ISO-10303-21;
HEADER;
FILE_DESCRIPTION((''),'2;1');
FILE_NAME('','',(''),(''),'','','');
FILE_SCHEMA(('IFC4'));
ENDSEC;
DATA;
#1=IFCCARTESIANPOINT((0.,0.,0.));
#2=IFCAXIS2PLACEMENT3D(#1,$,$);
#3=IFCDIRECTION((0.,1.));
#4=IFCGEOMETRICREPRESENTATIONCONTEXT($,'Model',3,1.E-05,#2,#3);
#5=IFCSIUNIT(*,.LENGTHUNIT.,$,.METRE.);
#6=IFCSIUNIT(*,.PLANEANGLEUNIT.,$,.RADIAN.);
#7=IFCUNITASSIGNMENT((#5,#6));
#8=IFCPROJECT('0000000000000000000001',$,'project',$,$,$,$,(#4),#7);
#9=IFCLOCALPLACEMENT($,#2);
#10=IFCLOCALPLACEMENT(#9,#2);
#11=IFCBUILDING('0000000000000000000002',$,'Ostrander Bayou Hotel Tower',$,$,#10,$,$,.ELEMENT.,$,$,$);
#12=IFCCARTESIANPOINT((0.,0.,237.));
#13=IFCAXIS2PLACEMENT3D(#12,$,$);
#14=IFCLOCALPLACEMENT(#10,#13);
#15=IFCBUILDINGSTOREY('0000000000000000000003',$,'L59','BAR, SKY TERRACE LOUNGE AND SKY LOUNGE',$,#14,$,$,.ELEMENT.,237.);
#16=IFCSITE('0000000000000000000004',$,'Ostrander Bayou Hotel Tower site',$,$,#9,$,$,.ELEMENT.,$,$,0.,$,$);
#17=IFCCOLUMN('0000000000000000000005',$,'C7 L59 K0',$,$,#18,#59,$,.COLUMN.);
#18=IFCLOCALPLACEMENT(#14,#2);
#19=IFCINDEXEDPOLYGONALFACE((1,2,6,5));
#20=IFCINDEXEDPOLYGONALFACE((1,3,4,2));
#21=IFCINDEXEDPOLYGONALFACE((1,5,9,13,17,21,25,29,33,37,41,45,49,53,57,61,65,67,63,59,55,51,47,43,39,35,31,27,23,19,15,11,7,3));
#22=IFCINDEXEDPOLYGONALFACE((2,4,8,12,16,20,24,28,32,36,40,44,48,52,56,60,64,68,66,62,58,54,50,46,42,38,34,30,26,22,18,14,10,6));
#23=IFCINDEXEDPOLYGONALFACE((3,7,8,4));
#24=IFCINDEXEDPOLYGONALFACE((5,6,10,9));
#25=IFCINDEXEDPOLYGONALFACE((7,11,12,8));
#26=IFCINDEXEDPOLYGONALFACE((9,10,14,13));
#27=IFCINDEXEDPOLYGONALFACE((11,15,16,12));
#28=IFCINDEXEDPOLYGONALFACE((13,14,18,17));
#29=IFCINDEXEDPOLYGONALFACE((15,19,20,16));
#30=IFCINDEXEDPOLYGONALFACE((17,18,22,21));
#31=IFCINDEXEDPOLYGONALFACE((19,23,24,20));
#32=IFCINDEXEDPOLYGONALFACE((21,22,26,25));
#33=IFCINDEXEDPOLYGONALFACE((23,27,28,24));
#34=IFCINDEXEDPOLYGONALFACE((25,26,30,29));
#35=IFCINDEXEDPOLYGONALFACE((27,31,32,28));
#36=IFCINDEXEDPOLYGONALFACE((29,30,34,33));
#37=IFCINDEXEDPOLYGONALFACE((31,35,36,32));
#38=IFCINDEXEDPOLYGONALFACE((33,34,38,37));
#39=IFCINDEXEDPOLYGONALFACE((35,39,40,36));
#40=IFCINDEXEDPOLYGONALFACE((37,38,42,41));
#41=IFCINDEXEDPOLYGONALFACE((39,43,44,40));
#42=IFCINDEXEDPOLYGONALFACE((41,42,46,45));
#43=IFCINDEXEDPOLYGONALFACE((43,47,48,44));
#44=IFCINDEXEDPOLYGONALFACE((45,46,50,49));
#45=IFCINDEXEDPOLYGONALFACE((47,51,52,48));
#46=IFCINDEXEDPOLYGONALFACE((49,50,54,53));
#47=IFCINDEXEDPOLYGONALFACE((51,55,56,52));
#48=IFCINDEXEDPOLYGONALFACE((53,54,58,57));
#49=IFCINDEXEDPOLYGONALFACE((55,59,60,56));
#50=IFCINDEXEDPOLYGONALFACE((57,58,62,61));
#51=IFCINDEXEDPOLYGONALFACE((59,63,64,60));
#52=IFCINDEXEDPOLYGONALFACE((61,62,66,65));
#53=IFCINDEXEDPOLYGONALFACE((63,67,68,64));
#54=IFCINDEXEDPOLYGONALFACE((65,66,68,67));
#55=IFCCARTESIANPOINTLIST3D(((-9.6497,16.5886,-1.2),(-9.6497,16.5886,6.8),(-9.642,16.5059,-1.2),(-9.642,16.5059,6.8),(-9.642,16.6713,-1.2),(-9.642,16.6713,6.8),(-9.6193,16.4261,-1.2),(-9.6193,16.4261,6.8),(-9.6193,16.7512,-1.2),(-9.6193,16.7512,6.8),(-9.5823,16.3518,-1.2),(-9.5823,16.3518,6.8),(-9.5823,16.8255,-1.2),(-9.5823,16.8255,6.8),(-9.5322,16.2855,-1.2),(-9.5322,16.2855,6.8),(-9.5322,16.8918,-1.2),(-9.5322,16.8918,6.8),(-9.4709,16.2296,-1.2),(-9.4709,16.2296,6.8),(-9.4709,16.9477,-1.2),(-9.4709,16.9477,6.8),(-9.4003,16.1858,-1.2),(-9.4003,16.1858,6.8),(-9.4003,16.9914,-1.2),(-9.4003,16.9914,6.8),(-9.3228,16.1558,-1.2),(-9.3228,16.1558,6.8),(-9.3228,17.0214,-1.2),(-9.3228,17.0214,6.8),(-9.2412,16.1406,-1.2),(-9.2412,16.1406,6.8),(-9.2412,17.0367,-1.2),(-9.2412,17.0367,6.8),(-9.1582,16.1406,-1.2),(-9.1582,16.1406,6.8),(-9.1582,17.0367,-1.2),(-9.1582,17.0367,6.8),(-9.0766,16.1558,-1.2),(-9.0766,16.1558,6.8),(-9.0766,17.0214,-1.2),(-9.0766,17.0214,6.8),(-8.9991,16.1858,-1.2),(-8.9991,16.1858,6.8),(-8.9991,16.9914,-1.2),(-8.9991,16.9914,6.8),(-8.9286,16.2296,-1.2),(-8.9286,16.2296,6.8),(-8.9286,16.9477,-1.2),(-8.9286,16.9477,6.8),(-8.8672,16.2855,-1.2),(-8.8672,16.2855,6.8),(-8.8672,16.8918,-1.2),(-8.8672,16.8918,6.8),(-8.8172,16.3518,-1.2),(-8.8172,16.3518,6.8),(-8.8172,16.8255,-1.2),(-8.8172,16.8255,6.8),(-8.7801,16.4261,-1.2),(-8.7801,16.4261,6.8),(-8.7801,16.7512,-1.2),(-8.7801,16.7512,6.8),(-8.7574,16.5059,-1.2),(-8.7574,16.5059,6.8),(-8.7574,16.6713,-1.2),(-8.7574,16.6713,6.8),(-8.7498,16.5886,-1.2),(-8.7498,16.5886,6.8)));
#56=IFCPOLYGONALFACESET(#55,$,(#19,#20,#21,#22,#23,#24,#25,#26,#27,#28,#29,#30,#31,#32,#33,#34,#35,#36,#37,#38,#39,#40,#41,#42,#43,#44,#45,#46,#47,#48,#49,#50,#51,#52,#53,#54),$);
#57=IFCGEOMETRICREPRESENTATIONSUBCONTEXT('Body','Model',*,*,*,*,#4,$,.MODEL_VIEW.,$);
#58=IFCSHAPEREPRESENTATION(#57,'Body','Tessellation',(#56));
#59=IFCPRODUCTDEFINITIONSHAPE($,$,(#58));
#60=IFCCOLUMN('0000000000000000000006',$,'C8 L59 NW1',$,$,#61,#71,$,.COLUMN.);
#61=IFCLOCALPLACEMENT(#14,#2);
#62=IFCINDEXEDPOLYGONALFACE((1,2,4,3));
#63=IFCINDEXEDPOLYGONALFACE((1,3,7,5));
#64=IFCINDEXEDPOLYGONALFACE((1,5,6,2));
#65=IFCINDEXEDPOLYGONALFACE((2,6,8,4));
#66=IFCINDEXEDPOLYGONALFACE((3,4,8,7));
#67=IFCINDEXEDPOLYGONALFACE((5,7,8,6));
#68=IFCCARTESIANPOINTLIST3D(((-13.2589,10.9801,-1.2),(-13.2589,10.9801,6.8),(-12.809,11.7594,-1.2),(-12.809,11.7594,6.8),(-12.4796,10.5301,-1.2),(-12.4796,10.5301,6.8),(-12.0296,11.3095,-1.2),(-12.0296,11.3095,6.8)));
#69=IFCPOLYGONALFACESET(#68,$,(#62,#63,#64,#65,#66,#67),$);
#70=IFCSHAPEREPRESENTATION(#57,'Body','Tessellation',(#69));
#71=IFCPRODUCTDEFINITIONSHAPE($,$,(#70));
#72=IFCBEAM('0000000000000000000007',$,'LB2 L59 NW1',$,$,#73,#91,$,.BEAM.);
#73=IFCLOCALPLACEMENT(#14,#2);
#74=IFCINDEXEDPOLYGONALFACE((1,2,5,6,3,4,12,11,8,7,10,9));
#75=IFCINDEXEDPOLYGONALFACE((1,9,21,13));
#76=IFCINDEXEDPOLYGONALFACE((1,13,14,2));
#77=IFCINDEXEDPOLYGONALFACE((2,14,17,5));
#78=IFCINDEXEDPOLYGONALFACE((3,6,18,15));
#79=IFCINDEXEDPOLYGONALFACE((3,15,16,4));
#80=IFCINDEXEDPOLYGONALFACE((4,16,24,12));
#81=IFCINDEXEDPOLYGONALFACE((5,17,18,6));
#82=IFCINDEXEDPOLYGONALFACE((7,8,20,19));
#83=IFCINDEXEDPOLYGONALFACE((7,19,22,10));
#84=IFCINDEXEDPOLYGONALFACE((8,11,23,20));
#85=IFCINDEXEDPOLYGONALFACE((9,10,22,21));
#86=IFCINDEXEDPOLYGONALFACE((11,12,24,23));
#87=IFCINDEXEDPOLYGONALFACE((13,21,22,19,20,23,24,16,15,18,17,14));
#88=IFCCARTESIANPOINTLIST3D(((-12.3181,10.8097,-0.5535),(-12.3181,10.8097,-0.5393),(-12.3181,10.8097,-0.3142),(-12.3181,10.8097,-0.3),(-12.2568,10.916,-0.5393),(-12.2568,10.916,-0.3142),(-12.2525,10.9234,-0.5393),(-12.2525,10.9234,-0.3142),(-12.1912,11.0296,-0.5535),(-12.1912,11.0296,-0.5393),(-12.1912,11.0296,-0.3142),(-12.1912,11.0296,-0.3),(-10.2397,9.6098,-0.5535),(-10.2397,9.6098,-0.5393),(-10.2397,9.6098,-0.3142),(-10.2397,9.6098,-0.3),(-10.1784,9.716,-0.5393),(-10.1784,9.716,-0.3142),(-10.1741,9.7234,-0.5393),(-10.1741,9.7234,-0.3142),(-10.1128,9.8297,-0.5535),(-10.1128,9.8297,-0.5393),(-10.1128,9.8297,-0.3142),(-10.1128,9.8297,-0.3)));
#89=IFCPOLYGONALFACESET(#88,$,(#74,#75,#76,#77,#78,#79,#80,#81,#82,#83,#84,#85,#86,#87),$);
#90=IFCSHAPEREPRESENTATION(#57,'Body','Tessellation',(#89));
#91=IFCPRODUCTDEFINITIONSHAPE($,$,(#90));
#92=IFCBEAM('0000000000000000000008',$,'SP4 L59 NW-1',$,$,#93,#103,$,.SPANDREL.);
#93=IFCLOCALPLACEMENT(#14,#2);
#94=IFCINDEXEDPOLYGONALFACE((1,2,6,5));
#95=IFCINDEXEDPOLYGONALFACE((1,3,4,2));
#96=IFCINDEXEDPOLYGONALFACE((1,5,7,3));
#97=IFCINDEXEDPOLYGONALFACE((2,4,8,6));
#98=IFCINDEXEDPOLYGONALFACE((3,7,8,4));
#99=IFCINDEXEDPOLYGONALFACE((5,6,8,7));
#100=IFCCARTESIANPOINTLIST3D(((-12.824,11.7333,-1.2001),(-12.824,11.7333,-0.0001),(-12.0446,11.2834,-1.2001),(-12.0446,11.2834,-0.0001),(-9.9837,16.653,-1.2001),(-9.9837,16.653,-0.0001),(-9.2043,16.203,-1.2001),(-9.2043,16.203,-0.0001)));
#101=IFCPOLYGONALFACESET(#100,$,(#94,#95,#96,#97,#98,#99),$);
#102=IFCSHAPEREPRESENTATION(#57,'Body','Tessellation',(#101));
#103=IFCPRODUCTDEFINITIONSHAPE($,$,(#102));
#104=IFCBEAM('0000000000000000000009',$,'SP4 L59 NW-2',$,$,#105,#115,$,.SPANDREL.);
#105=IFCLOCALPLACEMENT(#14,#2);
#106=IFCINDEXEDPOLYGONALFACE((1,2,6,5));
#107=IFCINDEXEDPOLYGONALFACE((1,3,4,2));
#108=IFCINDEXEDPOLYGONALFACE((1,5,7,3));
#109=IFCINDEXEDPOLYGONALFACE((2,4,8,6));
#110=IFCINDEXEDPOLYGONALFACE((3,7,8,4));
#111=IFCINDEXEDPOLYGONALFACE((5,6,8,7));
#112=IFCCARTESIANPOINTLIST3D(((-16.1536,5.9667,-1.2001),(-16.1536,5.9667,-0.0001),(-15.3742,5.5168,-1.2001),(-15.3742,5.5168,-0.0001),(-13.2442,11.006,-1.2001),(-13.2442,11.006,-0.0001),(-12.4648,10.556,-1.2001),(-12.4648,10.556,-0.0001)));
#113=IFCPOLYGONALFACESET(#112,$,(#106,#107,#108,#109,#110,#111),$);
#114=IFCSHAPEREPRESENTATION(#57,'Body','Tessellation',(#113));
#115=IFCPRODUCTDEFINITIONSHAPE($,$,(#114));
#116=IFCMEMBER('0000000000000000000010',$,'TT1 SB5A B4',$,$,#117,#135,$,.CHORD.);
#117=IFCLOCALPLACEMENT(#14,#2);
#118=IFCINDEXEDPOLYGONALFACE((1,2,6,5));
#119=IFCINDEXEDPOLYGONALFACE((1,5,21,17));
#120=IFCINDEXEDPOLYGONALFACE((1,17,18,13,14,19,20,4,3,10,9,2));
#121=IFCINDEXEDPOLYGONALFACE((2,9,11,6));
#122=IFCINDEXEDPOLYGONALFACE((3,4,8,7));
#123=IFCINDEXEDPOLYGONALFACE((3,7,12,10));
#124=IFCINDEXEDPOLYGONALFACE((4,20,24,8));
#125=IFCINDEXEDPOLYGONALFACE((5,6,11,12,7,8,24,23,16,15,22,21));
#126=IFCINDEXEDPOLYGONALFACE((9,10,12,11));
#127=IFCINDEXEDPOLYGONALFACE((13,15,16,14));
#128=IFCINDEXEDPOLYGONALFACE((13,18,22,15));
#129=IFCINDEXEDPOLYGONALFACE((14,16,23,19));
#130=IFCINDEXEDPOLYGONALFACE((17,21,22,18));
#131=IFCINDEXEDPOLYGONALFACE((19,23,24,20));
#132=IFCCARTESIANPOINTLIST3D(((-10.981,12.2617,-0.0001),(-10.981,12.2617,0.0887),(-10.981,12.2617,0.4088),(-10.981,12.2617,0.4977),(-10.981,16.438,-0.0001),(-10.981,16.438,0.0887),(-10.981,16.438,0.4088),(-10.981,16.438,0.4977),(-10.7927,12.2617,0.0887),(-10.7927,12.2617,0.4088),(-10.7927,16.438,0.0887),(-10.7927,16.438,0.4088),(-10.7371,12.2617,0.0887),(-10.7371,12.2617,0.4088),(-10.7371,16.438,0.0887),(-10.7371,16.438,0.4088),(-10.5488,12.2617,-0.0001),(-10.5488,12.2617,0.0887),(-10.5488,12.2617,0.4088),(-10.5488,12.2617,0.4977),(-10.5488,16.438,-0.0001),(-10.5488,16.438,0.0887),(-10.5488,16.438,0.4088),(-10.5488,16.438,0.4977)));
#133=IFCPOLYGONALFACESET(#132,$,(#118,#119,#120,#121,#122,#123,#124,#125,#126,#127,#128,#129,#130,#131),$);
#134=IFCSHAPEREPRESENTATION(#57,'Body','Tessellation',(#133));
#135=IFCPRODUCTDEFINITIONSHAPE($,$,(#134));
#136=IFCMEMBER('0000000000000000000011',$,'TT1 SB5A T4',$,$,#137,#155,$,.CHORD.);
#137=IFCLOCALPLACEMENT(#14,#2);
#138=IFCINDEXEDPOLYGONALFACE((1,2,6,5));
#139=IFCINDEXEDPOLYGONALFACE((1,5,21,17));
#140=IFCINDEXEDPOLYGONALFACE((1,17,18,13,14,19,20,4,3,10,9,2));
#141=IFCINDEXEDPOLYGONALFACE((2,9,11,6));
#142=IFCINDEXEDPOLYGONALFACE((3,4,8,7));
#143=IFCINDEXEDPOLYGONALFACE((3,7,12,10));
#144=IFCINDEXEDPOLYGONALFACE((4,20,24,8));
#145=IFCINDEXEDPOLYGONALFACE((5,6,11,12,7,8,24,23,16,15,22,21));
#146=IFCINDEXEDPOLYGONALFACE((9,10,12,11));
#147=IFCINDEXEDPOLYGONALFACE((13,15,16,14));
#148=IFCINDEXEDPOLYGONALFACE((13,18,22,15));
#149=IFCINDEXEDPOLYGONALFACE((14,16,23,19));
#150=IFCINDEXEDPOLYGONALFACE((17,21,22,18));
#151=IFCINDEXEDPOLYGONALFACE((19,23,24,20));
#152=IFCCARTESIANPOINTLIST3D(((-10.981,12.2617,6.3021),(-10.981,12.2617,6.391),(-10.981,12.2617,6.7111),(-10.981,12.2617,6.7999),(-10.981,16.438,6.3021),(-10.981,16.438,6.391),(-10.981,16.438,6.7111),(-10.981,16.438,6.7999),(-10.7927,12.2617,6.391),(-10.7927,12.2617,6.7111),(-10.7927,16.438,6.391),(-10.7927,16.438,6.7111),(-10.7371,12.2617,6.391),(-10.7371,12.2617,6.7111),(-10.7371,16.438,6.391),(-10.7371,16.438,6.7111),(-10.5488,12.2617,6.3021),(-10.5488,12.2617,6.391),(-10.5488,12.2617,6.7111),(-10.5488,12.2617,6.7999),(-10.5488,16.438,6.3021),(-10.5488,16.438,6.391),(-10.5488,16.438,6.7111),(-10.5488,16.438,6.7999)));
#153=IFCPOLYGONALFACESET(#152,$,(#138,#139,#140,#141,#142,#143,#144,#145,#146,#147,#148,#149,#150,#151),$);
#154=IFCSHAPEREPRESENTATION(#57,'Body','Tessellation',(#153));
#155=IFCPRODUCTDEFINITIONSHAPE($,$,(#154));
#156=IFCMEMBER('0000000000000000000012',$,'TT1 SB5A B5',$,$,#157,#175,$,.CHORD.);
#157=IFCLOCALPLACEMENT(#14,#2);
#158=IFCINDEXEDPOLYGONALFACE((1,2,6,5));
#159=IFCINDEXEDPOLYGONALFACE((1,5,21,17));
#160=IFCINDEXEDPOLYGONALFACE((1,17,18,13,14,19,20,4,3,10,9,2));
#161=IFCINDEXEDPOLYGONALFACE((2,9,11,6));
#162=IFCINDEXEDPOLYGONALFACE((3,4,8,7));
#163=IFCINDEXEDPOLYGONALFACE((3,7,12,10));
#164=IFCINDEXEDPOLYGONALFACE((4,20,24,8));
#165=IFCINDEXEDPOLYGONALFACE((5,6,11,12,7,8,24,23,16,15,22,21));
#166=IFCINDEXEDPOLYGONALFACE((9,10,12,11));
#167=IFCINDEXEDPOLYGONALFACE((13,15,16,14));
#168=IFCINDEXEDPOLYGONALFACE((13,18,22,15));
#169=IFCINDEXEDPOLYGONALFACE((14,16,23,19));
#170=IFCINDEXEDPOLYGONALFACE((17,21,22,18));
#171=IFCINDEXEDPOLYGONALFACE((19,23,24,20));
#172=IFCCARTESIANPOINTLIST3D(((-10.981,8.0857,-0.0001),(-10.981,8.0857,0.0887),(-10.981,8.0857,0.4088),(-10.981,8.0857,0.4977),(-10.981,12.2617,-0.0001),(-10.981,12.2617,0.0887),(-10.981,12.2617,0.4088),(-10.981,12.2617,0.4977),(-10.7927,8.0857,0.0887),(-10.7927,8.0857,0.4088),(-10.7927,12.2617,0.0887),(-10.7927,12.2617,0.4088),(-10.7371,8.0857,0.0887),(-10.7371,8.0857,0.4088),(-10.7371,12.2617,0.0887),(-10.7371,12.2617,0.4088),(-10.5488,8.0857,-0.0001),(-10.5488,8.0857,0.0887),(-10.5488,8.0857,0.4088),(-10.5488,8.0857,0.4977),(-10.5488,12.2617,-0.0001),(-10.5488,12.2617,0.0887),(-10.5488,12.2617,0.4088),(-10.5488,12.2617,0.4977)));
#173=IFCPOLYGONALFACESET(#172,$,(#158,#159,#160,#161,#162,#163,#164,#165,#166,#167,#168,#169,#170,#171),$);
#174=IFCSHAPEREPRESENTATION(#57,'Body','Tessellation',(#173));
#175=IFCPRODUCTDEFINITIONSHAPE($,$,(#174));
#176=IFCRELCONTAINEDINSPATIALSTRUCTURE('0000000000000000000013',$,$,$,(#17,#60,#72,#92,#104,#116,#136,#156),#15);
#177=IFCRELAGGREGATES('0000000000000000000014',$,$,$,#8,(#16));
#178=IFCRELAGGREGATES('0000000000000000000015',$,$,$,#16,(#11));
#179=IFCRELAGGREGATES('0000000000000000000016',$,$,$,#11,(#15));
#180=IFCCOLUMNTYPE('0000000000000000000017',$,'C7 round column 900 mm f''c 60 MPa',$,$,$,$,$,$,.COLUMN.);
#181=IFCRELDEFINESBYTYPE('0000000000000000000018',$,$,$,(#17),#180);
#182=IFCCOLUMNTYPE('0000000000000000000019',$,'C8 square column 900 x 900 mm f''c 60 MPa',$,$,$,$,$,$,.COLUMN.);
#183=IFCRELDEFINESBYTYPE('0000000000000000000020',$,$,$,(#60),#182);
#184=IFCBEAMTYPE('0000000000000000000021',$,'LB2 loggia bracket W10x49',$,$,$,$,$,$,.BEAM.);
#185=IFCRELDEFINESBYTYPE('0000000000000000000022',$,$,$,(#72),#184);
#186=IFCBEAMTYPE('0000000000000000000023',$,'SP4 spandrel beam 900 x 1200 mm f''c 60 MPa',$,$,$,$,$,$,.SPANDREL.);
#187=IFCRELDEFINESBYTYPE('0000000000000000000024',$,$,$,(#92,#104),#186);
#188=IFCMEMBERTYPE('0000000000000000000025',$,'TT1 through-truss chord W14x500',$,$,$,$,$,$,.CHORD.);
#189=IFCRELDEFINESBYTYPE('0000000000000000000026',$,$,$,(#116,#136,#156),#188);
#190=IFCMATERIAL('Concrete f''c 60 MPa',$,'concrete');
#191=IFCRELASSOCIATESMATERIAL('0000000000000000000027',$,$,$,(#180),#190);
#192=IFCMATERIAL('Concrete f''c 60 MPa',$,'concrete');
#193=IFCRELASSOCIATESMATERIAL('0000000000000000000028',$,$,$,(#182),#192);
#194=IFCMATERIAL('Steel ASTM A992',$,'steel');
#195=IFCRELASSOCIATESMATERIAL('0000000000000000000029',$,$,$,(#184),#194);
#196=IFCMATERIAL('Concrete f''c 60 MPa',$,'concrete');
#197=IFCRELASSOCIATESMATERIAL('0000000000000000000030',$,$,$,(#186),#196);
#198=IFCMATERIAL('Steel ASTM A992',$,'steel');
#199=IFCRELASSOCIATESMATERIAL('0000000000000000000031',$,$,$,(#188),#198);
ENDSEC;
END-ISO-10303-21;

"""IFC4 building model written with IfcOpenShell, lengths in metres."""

from ifc_helpers import new_model, si_unit, direction, frame, origin, origin_2d, place, context, subcontext, project, spatial, rectangle, circle, i_section, extrude, material, material_profile, profile_set, type_object, element, save


model = new_model("IFC4")

# Units and contexts
model_context = context("Model", 3, precision=1e-05, world=origin(), true_north=direction((0.0, 1.0)))
body_context = subcontext(model_context, "Body", "Model", "MODEL_VIEW")
ifc_project = project(units=[si_unit("LENGTHUNIT", "METRE"), si_unit("PLANEANGLEUNIT", "RADIAN")], contexts=[model_context])

# Site, building, storey
site_placement = place(None, origin())
site = spatial("IfcSite", under=ifc_project, at=site_placement, Name="Ostrander Bayou Hotel Tower site", CompositionType="ELEMENT", RefElevation=0.0)
building_placement = place(site_placement, origin())
building = spatial("IfcBuilding", under=site, at=building_placement, Name="Ostrander Bayou Hotel Tower", CompositionType="ELEMENT")
storey_placement = place(building_placement, frame((0.0, 0.0, 237.0)))
storey = spatial("IfcBuildingStorey", under=building, at=storey_placement, Name="L59", Description="BAR, SKY TERRACE LOUNGE AND SKY LOUNGE", CompositionType="ELEMENT", Elevation=237.0)

# Columns
ifc_material_1 = material(Name="Concrete f'c 60 MPa", Category="concrete")
ifc_material_profile_1 = material_profile(ifc_material_1, circle(Radius=0.45, at=origin_2d()))
ifc_profile_set_1 = profile_set([ifc_material_profile_1], Name="Concrete f'c 60 MPa")
column_type_1 = type_object("IfcColumnType", Name="C7 round column 900 mm f'c 60 MPa", PredefinedType="COLUMN", material=ifc_profile_set_1)
column_1_placement = place(storey_placement, frame((-9.1997, 16.5886, -1.2), z_axis=(0.0, 0.0, 1.0), x_axis=(1.0, 0.0, 0.0)))
element("IfcColumn", 1, at=column_1_placement, inside=storey, type_object=column_type_1, Name="C7 L59 K0", PredefinedType="COLUMN", context=body_context, shape_type="SweptSolid", body=[
    extrude(circle(Radius=0.45, at=origin_2d()), origin(), (0.0, 0.0, 1.0), 8.0),
])
ifc_material_2 = material(Name="Concrete f'c 60 MPa", Category="concrete")
ifc_material_profile_2 = material_profile(ifc_material_2, rectangle(XDim=0.8999, YDim=0.8999, at=origin_2d()))
ifc_profile_set_2 = profile_set([ifc_material_profile_2], Name="Concrete f'c 60 MPa")
column_type_2 = type_object("IfcColumnType", Name="C8 square column 900 x 900 mm f'c 60 MPa", PredefinedType="COLUMN", material=ifc_profile_set_2)
column_2_placement = place(storey_placement, frame((-12.6443, 11.1448, -1.2), z_axis=(0.0, 0.0, 1.0), x_axis=(0.5, 0.866025, 0.0)))
element("IfcColumn", 2, at=column_2_placement, inside=storey, type_object=column_type_2, Name="C8 L59 NW1", PredefinedType="COLUMN", context=body_context, shape_type="SweptSolid", body=[
    extrude(rectangle(XDim=0.8999, YDim=0.8999, at=origin_2d()), origin(), (0.0, 0.0, 1.0), 8.0),
])

# Beams
ifc_material_3 = material(Name="Steel ASTM A992", Category="steel")
ifc_material_profile_3 = material_profile(ifc_material_3, i_section(OverallWidth=0.2539, OverallDepth=0.2534, WebThickness=0.0085, FlangeThickness=0.0142, at=origin_2d()))
ifc_profile_set_3 = profile_set([ifc_material_profile_3], Name="Steel ASTM A992")
beam_type_1 = type_object("IfcBeamType", Name="LB2 loggia bracket W10x49", PredefinedType="BEAM", material=ifc_profile_set_3)
beam_1_placement = place(storey_placement, frame((-12.2546, 10.9197, -0.4268), z_axis=(0.866025, -0.500001, 0.0), x_axis=(0.500001, 0.866025, 0.0)))
element("IfcBeam", 3, at=beam_1_placement, inside=storey, type_object=beam_type_1, Name="LB2 L59 NW1", PredefinedType="BEAM", context=body_context, shape_type="SweptSolid", body=[
    extrude(i_section(OverallWidth=0.2539, OverallDepth=0.2534, WebThickness=0.0085, FlangeThickness=0.0142, at=origin_2d()), origin(), (0.0, 0.0, 1.0), 2.3999),
])
ifc_material_4 = material(Name="Concrete f'c 60 MPa", Category="concrete")
ifc_material_profile_4 = material_profile(ifc_material_4, rectangle(XDim=0.8999, YDim=1.2, at=origin_2d()))
ifc_profile_set_4 = profile_set([ifc_material_profile_4], Name="Concrete f'c 60 MPa")
beam_type_2 = type_object("IfcBeamType", Name="SP4 spandrel beam 900 x 1200 mm f'c 60 MPa", PredefinedType="SPANDREL", material=ifc_profile_set_4)
beam_2_placement = place(storey_placement, frame((-9.594, 16.428, -0.6001), z_axis=(-0.499994, -0.866029, 0.0), x_axis=(0.866029, -0.499994, 0.0)))
element("IfcBeam", 4, at=beam_2_placement, inside=storey, type_object=beam_type_2, Name="SP4 L59 NW-1", PredefinedType="SPANDREL", context=body_context, shape_type="SweptSolid", body=[
    extrude(rectangle(XDim=0.8999, YDim=1.2, at=origin_2d()), origin(), (0.0, 0.0, 1.0), 5.6807),
])
beam_3_placement = place(storey_placement, frame((-12.8545, 10.781, -0.6001), z_axis=(-0.499997, -0.866027, 0.0), x_axis=(0.866027, -0.499997, 0.0)))
element("IfcBeam", 5, at=beam_3_placement, inside=storey, type_object=beam_type_2, Name="SP4 L59 NW-2", PredefinedType="SPANDREL", context=body_context, shape_type="SweptSolid", body=[
    extrude(rectangle(XDim=0.8999, YDim=1.2, at=origin_2d()), origin(), (0.0, 0.0, 1.0), 5.8188),
])

# Members
ifc_material_5 = material(Name="Steel ASTM A992", Category="steel")
ifc_material_profile_5 = material_profile(ifc_material_5, i_section(OverallWidth=0.4321, OverallDepth=0.4978, WebThickness=0.0557, FlangeThickness=0.0889, at=origin_2d()))
ifc_profile_set_5 = profile_set([ifc_material_profile_5], Name="Steel ASTM A992")
member_type_1 = type_object("IfcMemberType", Name="TT1 through-truss chord W14x500", PredefinedType="CHORD", material=ifc_profile_set_5)
for number, where, z_axis, x_axis, name in (
    (6, (-10.7649, 16.438, 0.2488), (0.0, -1.0, 0.0), (1.0, 0.0, 0.0), "TT1 SB5A B4"),
    (7, (-10.7649, 16.438, 6.551), (0.0, -1.0, 0.0), (1.0, 0.0, 0.0), "TT1 SB5A T4"),
):
    element("IfcMember", number, at=place(storey_placement, frame(where, z_axis=z_axis, x_axis=x_axis)), inside=storey, type_object=member_type_1, Name=name, PredefinedType="CHORD", context=body_context, shape_type="SweptSolid", body=[
        extrude(i_section(OverallWidth=0.4321, OverallDepth=0.4978, WebThickness=0.0557, FlangeThickness=0.0889, at=origin_2d()), origin(), (0.0, 0.0, 1.0), 4.1763),
    ])
for number, where, z_axis, x_axis, name in (
    (8, (-10.7649, 12.2617, 0.2488), (0.0, -1.0, 0.0), (1.0, 0.0, 0.0), "TT1 SB5A B5"),
):
    element("IfcMember", number, at=place(storey_placement, frame(where, z_axis=z_axis, x_axis=x_axis)), inside=storey, type_object=member_type_1, Name=name, PredefinedType="CHORD", context=body_context, shape_type="SweptSolid", body=[
        extrude(i_section(OverallWidth=0.4321, OverallDepth=0.4978, WebThickness=0.0557, FlangeThickness=0.0889, at=origin_2d()), origin(), (0.0, 0.0, 1.0), 4.176),
    ])

save(model, "model.ifc")
